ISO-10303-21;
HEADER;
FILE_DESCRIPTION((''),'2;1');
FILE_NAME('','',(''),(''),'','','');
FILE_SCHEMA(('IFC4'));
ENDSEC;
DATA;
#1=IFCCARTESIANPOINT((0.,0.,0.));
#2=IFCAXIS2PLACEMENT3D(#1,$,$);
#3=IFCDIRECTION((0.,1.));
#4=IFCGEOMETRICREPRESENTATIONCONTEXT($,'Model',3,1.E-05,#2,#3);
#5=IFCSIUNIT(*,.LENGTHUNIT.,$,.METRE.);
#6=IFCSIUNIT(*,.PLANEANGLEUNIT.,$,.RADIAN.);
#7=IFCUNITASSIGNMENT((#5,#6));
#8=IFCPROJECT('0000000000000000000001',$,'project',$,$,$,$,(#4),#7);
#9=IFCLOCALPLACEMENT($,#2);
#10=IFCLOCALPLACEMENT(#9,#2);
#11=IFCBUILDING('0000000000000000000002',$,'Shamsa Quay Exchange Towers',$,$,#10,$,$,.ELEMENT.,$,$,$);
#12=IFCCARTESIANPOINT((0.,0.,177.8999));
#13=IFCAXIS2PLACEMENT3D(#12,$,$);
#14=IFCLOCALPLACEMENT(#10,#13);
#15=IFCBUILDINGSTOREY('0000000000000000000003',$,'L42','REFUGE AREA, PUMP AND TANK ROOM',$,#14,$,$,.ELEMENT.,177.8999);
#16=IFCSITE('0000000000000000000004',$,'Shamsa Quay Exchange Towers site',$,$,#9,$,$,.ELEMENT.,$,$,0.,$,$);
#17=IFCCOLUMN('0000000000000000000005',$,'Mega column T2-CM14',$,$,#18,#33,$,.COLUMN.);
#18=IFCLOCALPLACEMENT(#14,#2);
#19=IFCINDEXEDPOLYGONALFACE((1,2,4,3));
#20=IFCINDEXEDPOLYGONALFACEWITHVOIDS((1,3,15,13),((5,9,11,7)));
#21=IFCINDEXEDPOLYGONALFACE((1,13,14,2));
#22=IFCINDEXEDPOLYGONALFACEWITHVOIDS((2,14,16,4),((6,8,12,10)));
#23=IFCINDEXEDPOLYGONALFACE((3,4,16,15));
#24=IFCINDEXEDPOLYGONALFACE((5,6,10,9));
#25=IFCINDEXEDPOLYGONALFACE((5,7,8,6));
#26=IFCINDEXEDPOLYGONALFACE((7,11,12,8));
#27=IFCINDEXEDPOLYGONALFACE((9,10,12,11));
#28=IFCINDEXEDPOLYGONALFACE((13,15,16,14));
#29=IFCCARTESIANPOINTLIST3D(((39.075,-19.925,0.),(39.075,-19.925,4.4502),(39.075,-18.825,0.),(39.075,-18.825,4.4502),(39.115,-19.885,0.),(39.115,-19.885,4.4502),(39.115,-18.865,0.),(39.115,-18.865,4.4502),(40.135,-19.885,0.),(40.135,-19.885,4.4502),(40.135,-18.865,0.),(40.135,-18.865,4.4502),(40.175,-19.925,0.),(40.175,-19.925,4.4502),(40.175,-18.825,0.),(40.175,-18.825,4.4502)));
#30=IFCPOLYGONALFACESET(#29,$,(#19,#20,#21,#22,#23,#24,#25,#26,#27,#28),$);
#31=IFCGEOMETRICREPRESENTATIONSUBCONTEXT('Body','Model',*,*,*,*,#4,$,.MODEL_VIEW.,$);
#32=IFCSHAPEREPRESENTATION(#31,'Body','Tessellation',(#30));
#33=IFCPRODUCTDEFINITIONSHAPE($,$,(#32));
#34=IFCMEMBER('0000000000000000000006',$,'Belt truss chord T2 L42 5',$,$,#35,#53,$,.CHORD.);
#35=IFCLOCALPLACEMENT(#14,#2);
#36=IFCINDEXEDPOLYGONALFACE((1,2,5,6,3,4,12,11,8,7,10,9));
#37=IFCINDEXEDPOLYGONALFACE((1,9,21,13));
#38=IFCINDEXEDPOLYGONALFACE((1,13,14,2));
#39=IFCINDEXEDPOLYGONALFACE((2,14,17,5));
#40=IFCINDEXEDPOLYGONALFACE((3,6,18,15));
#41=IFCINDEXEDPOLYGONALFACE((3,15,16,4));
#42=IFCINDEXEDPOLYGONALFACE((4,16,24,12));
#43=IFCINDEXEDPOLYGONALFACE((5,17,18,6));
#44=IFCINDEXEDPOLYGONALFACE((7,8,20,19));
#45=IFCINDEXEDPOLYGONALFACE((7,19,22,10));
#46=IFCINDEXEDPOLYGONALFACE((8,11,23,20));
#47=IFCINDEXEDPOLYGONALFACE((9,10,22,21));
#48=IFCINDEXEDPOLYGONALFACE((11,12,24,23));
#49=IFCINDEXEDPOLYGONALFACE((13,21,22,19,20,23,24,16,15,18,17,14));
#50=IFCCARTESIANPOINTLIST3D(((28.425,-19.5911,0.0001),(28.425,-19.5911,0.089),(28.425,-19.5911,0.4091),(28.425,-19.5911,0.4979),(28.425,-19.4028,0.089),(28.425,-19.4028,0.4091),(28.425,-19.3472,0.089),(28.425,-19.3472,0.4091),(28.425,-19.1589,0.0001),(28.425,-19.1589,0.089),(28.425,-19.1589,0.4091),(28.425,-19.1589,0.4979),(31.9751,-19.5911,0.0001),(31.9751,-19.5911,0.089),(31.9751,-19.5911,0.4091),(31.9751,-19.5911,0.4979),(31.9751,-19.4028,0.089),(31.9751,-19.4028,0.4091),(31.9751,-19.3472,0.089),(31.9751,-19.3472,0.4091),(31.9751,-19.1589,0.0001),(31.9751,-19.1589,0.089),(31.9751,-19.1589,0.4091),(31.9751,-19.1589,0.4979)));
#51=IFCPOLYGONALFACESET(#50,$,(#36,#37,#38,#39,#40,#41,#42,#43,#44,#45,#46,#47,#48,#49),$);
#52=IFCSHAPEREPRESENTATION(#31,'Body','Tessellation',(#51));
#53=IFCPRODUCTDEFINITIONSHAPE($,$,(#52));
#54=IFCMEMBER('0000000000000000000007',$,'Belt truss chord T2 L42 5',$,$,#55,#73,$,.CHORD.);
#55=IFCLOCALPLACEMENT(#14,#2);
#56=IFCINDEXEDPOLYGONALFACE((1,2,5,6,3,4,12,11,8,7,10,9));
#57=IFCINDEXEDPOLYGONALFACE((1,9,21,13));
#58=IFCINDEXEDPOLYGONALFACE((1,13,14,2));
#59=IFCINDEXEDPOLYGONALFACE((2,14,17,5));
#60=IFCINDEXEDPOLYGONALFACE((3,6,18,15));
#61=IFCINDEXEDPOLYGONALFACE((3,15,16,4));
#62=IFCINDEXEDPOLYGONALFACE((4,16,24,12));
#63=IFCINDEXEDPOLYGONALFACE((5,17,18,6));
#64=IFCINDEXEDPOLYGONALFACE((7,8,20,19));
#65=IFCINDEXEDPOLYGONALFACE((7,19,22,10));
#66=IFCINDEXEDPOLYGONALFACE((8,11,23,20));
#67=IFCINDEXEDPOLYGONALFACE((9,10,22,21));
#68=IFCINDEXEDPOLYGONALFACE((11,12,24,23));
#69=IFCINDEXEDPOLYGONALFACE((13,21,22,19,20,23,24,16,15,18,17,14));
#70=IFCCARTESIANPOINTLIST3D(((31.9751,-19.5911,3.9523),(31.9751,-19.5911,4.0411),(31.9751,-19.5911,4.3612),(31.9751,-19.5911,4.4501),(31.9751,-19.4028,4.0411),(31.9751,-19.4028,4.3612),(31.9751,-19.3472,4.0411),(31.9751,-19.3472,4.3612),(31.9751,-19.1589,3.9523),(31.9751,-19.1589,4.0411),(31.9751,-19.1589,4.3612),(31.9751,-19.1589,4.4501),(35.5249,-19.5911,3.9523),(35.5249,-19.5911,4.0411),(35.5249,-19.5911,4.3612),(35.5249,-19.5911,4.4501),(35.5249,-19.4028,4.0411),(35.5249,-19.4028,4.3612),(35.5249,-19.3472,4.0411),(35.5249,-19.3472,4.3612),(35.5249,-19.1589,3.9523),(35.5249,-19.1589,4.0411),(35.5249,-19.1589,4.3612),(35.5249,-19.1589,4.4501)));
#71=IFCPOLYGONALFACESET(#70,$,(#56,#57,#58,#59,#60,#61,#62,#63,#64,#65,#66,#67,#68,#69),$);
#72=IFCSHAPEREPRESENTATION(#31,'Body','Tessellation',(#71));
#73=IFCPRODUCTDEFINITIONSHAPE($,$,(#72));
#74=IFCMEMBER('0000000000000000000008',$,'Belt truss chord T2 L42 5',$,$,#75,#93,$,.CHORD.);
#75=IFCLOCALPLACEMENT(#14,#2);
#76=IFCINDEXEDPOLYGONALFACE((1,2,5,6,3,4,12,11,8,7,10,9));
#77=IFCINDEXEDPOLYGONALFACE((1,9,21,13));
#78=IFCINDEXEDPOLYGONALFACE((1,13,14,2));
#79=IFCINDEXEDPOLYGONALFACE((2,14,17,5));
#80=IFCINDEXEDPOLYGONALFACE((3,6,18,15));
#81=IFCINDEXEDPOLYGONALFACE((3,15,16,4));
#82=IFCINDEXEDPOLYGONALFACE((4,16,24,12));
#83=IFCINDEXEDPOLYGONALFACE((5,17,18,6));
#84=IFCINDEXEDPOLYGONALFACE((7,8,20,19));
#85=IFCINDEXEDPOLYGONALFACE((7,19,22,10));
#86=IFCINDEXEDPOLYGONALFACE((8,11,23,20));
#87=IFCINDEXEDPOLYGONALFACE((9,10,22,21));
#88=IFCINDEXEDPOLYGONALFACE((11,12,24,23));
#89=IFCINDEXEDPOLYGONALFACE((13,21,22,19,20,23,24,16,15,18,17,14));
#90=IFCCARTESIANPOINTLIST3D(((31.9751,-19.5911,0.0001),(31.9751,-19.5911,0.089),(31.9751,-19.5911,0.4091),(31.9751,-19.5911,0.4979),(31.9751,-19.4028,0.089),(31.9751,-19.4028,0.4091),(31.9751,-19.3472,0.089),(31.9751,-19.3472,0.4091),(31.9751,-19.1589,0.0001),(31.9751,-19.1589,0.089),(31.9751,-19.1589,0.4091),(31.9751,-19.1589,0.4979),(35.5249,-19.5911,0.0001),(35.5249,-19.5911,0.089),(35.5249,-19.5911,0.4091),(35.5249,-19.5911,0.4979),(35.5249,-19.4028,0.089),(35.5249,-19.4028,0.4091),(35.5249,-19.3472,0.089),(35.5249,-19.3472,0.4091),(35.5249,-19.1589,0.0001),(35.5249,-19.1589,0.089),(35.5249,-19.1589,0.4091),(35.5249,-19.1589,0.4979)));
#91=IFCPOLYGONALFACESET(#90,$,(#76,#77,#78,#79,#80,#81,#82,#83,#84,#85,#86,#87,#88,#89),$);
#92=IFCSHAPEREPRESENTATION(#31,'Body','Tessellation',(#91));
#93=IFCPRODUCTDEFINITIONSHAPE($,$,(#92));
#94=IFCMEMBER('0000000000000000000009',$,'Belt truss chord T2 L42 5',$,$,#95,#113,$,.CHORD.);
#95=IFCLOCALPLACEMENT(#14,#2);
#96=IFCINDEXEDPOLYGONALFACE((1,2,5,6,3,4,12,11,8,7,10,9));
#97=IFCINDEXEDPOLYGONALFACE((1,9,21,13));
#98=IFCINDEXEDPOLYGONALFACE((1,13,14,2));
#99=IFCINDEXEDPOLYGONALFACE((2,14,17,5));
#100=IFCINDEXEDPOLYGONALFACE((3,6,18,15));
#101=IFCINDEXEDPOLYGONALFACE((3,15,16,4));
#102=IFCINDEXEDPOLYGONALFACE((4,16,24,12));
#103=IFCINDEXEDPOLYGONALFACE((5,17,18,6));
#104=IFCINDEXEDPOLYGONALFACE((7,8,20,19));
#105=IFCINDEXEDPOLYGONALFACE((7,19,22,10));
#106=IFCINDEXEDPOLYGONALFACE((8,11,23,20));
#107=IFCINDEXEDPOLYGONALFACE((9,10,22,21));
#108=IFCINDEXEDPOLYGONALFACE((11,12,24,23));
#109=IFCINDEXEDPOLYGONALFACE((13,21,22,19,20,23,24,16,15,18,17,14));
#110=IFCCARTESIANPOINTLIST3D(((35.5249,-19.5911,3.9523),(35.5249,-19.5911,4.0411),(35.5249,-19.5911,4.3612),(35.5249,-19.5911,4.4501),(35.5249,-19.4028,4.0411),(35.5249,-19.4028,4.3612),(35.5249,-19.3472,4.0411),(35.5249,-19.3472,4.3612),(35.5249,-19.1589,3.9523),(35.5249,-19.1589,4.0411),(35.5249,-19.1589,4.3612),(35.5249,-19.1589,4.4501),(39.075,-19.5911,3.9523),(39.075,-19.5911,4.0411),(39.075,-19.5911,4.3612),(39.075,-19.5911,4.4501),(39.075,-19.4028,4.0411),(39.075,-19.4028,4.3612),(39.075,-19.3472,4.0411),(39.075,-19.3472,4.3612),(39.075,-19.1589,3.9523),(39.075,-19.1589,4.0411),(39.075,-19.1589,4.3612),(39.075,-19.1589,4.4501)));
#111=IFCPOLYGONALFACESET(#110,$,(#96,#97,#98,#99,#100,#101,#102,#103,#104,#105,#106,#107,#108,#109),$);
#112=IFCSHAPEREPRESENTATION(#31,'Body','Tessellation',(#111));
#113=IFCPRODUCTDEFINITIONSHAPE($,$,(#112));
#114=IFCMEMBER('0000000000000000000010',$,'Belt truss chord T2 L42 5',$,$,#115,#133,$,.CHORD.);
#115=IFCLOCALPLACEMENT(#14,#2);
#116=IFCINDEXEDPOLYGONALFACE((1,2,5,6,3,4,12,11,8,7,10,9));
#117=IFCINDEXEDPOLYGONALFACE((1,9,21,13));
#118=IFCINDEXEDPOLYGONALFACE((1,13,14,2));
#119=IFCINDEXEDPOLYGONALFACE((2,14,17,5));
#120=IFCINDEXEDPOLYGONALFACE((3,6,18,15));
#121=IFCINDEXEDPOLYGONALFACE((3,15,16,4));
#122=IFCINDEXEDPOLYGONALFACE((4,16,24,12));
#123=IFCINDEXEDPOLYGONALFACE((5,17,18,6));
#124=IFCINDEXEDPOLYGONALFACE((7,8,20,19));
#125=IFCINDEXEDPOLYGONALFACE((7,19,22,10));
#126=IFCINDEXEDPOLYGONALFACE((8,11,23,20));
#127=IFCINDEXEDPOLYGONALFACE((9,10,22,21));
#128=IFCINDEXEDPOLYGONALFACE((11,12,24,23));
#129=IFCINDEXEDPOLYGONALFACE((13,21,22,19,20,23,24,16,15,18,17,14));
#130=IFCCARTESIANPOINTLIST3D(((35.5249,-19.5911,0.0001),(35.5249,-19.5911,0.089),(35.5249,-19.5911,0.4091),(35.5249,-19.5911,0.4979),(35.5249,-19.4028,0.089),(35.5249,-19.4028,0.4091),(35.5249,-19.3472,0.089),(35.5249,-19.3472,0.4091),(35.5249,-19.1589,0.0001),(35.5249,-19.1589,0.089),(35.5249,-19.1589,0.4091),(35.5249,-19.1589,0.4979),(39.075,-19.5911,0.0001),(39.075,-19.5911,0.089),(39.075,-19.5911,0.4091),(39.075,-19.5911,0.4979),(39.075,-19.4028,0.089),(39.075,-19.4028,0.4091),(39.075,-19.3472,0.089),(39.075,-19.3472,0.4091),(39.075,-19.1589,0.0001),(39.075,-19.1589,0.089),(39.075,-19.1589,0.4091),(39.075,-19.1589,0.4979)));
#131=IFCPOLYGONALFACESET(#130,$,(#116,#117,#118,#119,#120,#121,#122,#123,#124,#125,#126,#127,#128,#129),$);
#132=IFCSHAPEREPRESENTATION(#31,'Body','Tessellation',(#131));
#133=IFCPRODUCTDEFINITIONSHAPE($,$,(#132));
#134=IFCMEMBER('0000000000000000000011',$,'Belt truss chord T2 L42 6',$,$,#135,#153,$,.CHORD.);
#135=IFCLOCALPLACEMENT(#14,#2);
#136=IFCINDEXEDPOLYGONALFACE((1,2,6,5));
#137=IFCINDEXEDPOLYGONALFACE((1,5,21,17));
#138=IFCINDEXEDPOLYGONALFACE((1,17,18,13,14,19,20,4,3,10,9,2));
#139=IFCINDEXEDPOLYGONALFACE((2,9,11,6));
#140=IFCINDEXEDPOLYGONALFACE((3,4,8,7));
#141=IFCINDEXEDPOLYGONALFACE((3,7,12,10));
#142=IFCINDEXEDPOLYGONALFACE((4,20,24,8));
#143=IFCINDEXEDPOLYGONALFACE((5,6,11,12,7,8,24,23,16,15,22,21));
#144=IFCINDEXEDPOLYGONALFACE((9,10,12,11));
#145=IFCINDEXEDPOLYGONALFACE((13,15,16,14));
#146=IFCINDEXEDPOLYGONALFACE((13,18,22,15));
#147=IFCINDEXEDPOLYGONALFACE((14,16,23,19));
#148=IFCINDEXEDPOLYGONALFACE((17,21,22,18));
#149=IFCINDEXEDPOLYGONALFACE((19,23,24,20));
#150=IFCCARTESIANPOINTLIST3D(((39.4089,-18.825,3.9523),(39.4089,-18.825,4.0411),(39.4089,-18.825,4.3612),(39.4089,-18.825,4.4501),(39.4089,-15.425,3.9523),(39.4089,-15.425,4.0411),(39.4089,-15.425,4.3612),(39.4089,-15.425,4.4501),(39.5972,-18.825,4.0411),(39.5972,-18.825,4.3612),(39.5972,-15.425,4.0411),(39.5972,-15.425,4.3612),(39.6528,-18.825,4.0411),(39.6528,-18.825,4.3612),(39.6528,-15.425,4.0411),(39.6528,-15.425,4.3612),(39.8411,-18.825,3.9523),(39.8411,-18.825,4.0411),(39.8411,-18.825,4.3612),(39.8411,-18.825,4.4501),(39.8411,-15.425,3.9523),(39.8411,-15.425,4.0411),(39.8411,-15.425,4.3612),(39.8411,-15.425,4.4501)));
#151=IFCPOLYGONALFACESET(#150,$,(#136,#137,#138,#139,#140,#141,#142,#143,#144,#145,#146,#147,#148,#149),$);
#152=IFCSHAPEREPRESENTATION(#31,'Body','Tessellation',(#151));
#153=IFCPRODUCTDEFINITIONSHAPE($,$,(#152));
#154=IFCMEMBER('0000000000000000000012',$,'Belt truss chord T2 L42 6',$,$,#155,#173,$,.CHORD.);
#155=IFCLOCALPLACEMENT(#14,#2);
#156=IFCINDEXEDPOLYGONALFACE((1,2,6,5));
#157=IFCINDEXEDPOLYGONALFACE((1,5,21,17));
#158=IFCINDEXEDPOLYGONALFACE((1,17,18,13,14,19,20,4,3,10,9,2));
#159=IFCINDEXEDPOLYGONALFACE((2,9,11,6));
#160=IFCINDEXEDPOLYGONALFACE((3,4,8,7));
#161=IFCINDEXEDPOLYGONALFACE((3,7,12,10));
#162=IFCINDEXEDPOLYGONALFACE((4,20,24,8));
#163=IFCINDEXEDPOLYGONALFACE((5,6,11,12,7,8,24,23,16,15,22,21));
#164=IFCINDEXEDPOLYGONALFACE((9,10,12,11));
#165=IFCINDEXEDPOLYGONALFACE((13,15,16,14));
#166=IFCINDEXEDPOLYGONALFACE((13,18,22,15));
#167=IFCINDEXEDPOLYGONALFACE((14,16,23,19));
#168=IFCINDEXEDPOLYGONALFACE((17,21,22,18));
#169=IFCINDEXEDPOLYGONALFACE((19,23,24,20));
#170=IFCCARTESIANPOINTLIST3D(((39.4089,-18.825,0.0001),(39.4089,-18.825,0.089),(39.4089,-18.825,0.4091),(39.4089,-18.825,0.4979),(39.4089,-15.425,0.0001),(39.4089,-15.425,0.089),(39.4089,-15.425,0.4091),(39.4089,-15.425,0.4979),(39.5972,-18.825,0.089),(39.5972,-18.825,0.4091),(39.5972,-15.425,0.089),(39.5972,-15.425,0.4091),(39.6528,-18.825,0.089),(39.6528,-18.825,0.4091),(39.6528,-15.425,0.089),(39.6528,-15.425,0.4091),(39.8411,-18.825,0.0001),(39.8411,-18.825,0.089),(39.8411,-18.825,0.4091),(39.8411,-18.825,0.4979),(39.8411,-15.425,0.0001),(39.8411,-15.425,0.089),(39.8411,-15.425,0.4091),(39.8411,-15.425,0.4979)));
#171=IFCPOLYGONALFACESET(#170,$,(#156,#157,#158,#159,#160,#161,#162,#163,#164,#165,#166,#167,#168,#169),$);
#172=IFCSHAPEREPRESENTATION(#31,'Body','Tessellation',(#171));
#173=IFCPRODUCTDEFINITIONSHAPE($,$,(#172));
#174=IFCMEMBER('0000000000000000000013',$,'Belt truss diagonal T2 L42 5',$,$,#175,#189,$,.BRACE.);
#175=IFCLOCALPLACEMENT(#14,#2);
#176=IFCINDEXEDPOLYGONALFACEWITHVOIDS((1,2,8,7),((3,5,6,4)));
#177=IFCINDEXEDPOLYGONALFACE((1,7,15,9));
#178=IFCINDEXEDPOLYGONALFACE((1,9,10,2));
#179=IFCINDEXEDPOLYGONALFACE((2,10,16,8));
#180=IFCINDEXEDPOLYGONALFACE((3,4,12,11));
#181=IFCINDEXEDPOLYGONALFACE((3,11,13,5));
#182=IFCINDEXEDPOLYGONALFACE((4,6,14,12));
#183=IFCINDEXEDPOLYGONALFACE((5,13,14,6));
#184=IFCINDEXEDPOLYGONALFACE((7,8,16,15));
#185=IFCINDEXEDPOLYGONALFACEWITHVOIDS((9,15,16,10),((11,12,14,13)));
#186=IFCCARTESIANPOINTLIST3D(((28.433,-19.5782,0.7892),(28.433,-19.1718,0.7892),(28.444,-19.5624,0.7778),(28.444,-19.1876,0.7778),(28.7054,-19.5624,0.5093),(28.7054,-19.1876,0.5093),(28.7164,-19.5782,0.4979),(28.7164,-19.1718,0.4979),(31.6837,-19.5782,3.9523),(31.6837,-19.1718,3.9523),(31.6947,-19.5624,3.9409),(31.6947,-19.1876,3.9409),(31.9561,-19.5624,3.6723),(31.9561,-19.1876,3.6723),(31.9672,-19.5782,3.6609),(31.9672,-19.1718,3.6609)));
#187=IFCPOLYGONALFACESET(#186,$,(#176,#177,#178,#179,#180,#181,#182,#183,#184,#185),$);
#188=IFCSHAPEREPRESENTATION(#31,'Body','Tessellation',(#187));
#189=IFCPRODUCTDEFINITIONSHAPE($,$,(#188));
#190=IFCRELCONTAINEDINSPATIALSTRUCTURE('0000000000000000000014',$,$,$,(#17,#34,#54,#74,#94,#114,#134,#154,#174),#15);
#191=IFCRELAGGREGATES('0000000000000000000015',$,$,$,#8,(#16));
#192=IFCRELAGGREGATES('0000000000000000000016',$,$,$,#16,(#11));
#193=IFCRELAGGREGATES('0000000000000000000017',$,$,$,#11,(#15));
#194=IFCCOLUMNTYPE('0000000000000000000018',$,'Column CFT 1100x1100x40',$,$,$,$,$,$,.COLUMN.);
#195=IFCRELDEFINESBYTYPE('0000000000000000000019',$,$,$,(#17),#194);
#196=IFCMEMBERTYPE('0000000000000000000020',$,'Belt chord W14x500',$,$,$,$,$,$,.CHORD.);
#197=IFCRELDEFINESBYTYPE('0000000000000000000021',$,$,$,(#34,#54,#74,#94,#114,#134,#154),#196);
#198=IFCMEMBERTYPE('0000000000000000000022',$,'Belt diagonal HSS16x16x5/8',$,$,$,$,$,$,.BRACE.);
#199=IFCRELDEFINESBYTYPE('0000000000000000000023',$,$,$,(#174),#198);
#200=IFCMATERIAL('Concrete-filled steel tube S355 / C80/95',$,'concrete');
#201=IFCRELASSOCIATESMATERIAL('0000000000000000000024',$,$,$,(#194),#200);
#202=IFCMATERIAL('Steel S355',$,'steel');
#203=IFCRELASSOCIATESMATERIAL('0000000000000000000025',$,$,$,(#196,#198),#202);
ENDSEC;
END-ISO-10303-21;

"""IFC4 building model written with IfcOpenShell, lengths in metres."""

from ifc_helpers import new_model, si_unit, direction, frame, origin, origin_2d, place, context, subcontext, project, spatial, hollow_rectangle, i_section, extrude, material, material_profile, profile_set, type_object, element, save


model = new_model("IFC4")

# Units and contexts
model_context = context("Model", 3, precision=1e-05, world=origin(), true_north=direction((0.0, 1.0)))
body_context = subcontext(model_context, "Body", "Model", "MODEL_VIEW")
ifc_project = project(units=[si_unit("LENGTHUNIT", "METRE"), si_unit("PLANEANGLEUNIT", "RADIAN")], contexts=[model_context])

# Site, building, storey
site_placement = place(None, origin())
site = spatial("IfcSite", under=ifc_project, at=site_placement, Name="Shamsa Quay Exchange Towers site", CompositionType="ELEMENT", RefElevation=0.0)
building_placement = place(site_placement, origin())
building = spatial("IfcBuilding", under=site, at=building_placement, Name="Shamsa Quay Exchange Towers", CompositionType="ELEMENT")
storey_placement = place(building_placement, frame((0.0, 0.0, 177.8999)))
storey = spatial("IfcBuildingStorey", under=building, at=storey_placement, Name="L42", Description="REFUGE AREA, PUMP AND TANK ROOM", CompositionType="ELEMENT", Elevation=177.8999)

# Column
ifc_material_1 = material(Name="Concrete-filled steel tube S355 / C80/95", Category="concrete")
ifc_material_profile_1 = material_profile(ifc_material_1, hollow_rectangle(XDim=1.1001, YDim=1.1001, WallThickness=0.04, at=origin_2d()), Name="CFT 1100x1100x40")
ifc_profile_set_1 = profile_set([ifc_material_profile_1], Name="Concrete-filled steel tube S355 / C80/95")
column_type = type_object("IfcColumnType", Name="Column CFT 1100x1100x40", PredefinedType="COLUMN", material=ifc_profile_set_1)
column_placement = place(storey_placement, frame((39.625, -19.375, 0.0)))
element("IfcColumn", 1, at=column_placement, inside=storey, type_object=column_type, Name="Mega column T2-CM14", PredefinedType="COLUMN", context=body_context, shape_type="SweptSolid", body=[
    extrude(hollow_rectangle(XDim=1.1001, YDim=1.1001, WallThickness=0.04, at=origin_2d()), origin(), (0.0, 0.0, 1.0), 4.4502),
])

# Members
ifc_material_2 = material(Name="Steel S355", Category="steel")
ifc_material_profile_2 = material_profile(ifc_material_2, i_section(OverallWidth=0.4321, OverallDepth=0.4978, WebThickness=0.0557, FlangeThickness=0.0889, at=origin_2d()), Name="W14x500")
ifc_profile_set_2 = profile_set([ifc_material_profile_2], Name="Steel S355")
member_type_1 = type_object("IfcMemberType", Name="Belt chord W14x500", PredefinedType="CHORD", material=ifc_profile_set_2)
member_1_placement = place(storey_placement, frame((28.425, -19.375, 0.249), z_axis=(1.0, 0.0, 0.0), x_axis=(0.0, 1.0, 0.0)))
element("IfcMember", 2, at=member_1_placement, inside=storey, type_object=member_type_1, Name="Belt truss chord T2 L42 5", PredefinedType="CHORD", context=body_context, shape_type="SweptSolid", body=[
    extrude(i_section(OverallWidth=0.4321, OverallDepth=0.4978, WebThickness=0.0557, FlangeThickness=0.0889, at=origin_2d()), origin(), (0.0, 0.0, 1.0), 3.55),
])
for number, where, z_axis, x_axis, name in (
    (3, (31.9751, -19.375, 4.2012), (1.0, 0.0, 0.0), (0.0, 1.0, 0.0), "Belt truss chord T2 L42 5"),
    (4, (31.9751, -19.375, 0.249), (1.0, 0.0, 0.0), (0.0, 1.0, 0.0), "Belt truss chord T2 L42 5"),
):
    element("IfcMember", number, at=place(storey_placement, frame(where, z_axis=z_axis, x_axis=x_axis)), inside=storey, type_object=member_type_1, Name=name, PredefinedType="CHORD", context=body_context, shape_type="SweptSolid", body=[
        extrude(i_section(OverallWidth=0.4321, OverallDepth=0.4978, WebThickness=0.0557, FlangeThickness=0.0889, at=origin_2d()), origin(), (0.0, 0.0, 1.0), 3.5498),
    ])
for number, where, z_axis, x_axis, name in (
    (5, (35.5249, -19.375, 4.2012), (1.0, 0.0, 0.0), (0.0, 1.0, 0.0), "Belt truss chord T2 L42 5"),
    (6, (35.5249, -19.375, 0.249), (1.0, 0.0, 0.0), (0.0, 1.0, 0.0), "Belt truss chord T2 L42 5"),
):
    element("IfcMember", number, at=place(storey_placement, frame(where, z_axis=z_axis, x_axis=x_axis)), inside=storey, type_object=member_type_1, Name=name, PredefinedType="CHORD", context=body_context, shape_type="SweptSolid", body=[
        extrude(i_section(OverallWidth=0.4321, OverallDepth=0.4978, WebThickness=0.0557, FlangeThickness=0.0889, at=origin_2d()), origin(), (0.0, 0.0, 1.0), 3.55),
    ])
for number, where, z_axis, x_axis, name in (
    (7, (39.625, -18.825, 4.2012), (0.0, 1.0, 0.0), (-1.0, 0.0, 0.0), "Belt truss chord T2 L42 6"),
    (8, (39.625, -18.825, 0.249), (0.0, 1.0, 0.0), (-1.0, 0.0, 0.0), "Belt truss chord T2 L42 6"),
):
    element("IfcMember", number, at=place(storey_placement, frame(where, z_axis=z_axis, x_axis=x_axis)), inside=storey, type_object=member_type_1, Name=name, PredefinedType="CHORD", context=body_context, shape_type="SweptSolid", body=[
        extrude(i_section(OverallWidth=0.4321, OverallDepth=0.4978, WebThickness=0.0557, FlangeThickness=0.0889, at=origin_2d()), origin(), (0.0, 0.0, 1.0), 3.3999),
    ])
ifc_material_profile_3 = material_profile(ifc_material_2, hollow_rectangle(XDim=0.4065, YDim=0.4065, WallThickness=0.0159, at=origin_2d()), Name="HSS16x16x5/8")
ifc_profile_set_3 = profile_set([ifc_material_profile_3], Name="Steel S355")
member_type_2 = type_object("IfcMemberType", Name="Belt diagonal HSS16x16x5/8", PredefinedType="BRACE", material=ifc_profile_set_3)
member_2_placement = place(storey_placement, frame((28.5747, -19.375, 0.6436), z_axis=(0.716703, 0.0, 0.697379), x_axis=(0.0, 1.0, 0.0)))
element("IfcMember", 9, at=member_2_placement, inside=storey, type_object=member_type_2, Name="Belt truss diagonal T2 L42 5", PredefinedType="BRACE", context=body_context, shape_type="SweptSolid", body=[
    extrude(hollow_rectangle(XDim=0.4065, YDim=0.4065, WallThickness=0.0159, at=origin_2d()), origin(), (0.0, 0.0, 1.0), 4.5356),
])

save(model, "model.ifc")
